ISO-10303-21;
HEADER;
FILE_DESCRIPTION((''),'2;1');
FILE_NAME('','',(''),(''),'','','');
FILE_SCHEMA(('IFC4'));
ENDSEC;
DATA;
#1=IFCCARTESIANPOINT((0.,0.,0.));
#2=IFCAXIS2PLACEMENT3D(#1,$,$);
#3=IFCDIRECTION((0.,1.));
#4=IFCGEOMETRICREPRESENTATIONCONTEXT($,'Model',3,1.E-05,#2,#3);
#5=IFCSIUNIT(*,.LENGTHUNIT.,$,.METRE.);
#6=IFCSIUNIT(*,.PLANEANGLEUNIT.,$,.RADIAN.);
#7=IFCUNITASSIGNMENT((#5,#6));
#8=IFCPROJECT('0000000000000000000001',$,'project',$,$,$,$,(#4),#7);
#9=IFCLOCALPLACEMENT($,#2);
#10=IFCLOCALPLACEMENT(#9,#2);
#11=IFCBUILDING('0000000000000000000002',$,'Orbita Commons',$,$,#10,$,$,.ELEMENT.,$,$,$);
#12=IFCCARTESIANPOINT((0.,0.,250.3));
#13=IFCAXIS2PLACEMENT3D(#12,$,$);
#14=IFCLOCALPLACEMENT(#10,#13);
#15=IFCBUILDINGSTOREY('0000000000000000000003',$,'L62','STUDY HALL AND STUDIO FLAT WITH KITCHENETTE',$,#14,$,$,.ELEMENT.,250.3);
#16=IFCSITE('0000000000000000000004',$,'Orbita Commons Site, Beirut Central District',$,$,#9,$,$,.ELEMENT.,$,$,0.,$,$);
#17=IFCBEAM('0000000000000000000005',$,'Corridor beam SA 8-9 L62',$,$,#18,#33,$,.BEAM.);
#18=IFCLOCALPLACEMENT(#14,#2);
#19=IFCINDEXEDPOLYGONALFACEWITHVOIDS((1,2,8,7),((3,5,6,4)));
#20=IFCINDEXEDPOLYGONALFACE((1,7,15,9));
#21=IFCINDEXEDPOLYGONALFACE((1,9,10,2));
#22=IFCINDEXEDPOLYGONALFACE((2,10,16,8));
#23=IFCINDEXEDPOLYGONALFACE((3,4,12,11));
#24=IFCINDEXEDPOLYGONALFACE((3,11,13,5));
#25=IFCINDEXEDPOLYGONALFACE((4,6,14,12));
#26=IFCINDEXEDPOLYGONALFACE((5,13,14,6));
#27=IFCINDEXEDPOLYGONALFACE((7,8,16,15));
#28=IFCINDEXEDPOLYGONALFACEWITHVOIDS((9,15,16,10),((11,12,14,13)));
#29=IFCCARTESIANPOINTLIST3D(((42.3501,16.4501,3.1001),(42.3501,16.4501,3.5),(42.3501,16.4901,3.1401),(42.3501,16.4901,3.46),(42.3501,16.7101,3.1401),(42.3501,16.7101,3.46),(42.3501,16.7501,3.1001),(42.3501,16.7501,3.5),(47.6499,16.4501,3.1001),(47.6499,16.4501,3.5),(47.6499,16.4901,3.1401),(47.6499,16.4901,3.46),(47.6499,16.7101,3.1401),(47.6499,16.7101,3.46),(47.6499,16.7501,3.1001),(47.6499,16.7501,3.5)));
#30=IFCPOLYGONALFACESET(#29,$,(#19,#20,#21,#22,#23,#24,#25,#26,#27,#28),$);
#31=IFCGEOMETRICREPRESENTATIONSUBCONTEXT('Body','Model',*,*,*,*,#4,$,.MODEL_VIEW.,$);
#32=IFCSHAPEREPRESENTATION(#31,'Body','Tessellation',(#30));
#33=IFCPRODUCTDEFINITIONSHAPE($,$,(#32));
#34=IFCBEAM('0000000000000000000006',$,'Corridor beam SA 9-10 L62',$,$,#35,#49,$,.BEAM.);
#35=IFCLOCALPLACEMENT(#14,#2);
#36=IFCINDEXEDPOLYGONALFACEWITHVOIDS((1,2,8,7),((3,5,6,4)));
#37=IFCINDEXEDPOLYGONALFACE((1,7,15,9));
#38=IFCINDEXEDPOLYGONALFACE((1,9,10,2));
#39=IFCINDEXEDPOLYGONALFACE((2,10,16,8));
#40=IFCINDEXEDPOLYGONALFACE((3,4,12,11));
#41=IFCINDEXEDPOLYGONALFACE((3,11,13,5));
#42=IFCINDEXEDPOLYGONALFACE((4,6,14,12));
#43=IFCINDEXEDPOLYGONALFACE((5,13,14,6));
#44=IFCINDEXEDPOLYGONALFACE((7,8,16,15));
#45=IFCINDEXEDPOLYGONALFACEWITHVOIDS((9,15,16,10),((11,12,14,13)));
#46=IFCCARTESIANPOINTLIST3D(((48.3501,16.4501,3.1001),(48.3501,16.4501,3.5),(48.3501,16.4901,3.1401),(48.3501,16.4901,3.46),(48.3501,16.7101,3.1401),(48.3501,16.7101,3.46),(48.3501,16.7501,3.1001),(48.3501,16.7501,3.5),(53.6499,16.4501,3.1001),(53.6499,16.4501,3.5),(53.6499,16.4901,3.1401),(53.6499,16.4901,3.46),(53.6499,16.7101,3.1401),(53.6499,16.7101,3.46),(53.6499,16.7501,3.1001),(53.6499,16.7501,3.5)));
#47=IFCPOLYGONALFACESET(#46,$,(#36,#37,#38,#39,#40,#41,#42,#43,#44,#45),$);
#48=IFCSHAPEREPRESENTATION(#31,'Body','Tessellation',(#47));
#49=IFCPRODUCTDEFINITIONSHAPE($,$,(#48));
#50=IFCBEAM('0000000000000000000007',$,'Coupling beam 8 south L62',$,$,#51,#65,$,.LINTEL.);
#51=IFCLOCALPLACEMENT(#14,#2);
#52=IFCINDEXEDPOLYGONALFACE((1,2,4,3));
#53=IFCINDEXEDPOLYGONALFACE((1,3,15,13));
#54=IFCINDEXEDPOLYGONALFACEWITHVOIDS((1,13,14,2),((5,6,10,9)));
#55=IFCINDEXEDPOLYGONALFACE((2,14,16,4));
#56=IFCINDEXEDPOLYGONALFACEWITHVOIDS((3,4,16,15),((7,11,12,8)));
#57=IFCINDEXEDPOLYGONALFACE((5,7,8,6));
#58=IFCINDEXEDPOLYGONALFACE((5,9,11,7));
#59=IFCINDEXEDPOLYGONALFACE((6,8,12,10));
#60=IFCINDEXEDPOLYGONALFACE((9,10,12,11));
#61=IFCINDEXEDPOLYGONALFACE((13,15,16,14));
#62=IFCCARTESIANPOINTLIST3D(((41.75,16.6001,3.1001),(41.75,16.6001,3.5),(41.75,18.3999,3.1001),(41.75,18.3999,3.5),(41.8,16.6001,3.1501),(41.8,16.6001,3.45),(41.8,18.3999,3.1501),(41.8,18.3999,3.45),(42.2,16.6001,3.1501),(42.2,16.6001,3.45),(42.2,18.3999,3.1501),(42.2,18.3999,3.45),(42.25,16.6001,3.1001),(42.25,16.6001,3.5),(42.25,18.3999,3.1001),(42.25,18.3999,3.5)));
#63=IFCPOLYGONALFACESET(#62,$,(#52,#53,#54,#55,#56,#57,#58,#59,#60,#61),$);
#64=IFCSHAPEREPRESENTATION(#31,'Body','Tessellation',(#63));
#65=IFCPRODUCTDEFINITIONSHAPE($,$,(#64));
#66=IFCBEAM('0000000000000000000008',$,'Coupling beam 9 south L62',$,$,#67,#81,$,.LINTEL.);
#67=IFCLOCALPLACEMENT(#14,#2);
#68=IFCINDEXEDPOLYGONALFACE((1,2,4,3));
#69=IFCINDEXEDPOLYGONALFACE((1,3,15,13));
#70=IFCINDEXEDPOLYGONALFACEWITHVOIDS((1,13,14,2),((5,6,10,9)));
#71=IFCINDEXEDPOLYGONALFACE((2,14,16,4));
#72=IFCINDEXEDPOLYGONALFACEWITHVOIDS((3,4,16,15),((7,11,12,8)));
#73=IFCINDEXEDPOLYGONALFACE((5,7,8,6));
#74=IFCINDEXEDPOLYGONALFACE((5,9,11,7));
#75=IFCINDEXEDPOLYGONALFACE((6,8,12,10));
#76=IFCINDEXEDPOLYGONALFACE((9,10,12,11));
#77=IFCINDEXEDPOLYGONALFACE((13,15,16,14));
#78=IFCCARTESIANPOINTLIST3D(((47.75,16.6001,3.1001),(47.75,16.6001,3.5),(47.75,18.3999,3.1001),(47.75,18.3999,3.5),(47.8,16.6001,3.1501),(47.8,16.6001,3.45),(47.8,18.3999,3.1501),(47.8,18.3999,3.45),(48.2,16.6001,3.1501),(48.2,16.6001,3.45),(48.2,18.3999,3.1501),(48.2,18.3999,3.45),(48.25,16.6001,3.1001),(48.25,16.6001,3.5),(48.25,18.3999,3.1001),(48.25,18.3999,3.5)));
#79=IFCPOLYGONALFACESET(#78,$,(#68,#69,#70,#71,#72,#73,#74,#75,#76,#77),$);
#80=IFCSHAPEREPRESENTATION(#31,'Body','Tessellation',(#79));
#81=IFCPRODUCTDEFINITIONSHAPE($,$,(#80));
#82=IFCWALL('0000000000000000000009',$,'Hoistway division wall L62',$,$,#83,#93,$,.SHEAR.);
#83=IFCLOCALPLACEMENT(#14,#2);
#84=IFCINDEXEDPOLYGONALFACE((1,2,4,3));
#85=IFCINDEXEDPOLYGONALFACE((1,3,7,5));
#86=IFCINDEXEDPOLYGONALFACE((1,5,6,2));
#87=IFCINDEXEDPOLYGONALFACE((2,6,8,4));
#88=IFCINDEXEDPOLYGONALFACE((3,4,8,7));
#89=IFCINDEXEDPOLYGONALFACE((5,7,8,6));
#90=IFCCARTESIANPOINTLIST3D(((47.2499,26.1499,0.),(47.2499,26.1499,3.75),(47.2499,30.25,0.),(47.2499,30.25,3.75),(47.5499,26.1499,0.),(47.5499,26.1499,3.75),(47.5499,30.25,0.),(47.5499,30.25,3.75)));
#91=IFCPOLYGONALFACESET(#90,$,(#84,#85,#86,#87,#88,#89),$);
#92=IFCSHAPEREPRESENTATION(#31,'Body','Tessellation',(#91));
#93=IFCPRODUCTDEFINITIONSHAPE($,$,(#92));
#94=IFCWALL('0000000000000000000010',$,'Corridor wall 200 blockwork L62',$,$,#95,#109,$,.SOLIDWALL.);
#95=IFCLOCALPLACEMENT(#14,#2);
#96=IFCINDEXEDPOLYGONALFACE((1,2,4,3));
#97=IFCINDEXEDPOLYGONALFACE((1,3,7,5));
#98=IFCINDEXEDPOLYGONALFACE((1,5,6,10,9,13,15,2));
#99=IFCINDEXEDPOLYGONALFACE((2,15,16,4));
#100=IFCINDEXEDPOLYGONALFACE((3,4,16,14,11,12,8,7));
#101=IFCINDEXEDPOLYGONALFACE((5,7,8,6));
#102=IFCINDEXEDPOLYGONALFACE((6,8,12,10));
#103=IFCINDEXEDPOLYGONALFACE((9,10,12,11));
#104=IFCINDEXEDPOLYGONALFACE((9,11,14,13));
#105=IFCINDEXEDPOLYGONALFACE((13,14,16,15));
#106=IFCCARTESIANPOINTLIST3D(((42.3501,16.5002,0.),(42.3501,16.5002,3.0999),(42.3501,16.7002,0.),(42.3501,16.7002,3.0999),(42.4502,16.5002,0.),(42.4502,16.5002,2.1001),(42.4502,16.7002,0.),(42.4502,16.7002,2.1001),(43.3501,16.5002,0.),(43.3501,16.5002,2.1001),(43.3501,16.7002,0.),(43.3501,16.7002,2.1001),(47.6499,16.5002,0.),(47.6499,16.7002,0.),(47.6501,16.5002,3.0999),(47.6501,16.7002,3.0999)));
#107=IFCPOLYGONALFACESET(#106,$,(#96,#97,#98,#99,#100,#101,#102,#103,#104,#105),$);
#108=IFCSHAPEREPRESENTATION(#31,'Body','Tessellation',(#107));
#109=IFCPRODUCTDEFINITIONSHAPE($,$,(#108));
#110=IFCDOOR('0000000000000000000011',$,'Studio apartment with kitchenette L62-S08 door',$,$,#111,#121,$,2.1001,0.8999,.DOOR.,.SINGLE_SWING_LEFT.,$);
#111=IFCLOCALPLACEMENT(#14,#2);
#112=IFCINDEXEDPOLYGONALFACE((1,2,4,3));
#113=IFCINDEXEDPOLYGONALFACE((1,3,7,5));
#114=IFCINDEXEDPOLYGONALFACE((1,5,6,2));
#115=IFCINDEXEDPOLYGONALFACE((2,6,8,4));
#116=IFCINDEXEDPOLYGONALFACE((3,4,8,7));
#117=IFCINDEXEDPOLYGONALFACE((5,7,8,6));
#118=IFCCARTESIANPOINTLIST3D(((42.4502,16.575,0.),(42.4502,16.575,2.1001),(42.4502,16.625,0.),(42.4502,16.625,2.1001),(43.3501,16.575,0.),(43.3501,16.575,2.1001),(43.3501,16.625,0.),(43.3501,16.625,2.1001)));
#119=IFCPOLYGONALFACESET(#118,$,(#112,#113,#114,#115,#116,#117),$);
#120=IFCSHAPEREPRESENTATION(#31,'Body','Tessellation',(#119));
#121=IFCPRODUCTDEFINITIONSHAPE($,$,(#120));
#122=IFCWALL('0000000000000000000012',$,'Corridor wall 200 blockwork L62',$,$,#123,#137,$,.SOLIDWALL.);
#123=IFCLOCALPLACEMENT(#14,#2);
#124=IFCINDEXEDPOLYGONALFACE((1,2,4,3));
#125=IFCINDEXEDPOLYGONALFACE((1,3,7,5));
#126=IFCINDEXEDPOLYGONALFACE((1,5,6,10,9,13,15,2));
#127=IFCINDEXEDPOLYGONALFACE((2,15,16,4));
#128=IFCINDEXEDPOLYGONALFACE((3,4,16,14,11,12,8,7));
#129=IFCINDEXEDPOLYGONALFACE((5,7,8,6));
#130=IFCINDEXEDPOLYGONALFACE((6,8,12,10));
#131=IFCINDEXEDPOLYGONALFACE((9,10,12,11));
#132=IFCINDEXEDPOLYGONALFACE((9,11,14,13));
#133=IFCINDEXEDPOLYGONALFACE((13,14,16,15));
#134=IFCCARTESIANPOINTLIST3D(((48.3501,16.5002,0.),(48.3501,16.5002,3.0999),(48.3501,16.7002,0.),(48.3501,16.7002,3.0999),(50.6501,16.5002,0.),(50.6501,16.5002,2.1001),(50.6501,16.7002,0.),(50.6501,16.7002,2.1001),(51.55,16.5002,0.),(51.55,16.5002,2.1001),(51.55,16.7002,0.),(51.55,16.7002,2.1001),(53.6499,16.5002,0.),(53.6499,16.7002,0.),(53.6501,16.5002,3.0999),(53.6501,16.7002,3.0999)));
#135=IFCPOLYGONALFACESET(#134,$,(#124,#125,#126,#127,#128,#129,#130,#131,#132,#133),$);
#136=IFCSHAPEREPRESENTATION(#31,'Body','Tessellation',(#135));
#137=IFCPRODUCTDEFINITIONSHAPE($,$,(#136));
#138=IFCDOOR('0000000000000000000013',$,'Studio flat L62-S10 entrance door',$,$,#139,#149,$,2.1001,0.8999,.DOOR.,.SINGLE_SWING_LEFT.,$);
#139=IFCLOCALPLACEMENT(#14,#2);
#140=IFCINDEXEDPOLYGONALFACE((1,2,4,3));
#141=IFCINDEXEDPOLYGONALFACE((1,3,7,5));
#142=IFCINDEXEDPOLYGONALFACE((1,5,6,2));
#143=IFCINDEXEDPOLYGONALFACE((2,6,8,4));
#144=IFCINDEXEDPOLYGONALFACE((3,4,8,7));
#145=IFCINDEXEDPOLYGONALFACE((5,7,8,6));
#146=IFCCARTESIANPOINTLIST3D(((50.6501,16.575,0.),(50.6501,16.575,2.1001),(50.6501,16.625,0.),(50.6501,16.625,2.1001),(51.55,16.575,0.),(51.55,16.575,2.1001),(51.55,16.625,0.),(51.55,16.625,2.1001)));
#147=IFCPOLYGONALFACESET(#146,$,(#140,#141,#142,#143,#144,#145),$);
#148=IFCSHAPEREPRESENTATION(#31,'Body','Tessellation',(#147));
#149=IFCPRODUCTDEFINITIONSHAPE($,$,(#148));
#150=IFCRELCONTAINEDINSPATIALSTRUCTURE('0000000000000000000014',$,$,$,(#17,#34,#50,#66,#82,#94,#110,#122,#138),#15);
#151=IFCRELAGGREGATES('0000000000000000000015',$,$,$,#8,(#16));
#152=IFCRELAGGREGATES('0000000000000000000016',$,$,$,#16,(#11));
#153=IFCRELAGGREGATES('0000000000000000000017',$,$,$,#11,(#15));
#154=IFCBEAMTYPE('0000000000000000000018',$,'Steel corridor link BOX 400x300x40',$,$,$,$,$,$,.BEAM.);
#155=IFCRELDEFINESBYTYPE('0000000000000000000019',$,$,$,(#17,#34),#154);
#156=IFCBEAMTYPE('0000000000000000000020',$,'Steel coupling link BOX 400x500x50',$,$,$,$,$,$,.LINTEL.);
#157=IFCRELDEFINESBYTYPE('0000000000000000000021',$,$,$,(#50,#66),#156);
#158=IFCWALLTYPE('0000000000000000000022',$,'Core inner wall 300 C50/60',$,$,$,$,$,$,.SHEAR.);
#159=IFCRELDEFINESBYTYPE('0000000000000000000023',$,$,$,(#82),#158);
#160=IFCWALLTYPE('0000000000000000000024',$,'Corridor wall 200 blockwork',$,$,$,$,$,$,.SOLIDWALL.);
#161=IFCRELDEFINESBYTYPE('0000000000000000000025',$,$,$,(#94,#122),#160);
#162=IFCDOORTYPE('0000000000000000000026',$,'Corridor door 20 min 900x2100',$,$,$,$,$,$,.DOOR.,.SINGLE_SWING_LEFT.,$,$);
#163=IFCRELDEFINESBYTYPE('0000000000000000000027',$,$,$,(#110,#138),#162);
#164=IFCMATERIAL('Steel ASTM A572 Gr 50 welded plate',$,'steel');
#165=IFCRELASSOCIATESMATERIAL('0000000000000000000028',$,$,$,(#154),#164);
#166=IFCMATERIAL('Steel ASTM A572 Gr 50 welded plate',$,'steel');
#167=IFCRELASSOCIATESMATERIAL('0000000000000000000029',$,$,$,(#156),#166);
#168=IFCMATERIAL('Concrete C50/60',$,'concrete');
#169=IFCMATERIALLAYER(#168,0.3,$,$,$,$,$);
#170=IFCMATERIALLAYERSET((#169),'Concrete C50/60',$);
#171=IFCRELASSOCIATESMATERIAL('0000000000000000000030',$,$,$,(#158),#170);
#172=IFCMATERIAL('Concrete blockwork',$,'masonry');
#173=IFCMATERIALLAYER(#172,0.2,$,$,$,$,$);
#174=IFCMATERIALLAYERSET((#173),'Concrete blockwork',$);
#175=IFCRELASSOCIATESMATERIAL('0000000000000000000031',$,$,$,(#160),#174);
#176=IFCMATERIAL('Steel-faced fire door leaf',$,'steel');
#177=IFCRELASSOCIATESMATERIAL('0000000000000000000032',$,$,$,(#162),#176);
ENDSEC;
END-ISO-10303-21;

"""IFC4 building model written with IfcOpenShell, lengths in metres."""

from ifc_helpers import new_model, si_unit, direction, frame, frame_2d, origin, origin_2d, place, context, subcontext, project, spatial, polyline, rectangle, hollow_rectangle, outline, extrude, material, layer, layer_set, material_profile, profile_set, type_object, element, fill, save


model = new_model("IFC4")

# Units and contexts
model_context = context("Model", 3, precision=1e-05, world=origin(), true_north=direction((0.0, 1.0)))
body_context = subcontext(model_context, "Body", "Model", "MODEL_VIEW")
ifc_project = project(units=[si_unit("LENGTHUNIT", "METRE"), si_unit("PLANEANGLEUNIT", "RADIAN")], contexts=[model_context])

# Site, building, storey
site_placement = place(None, origin())
site = spatial("IfcSite", under=ifc_project, at=site_placement, Name="Orbita Commons Site, Beirut Central District", CompositionType="ELEMENT", RefElevation=0.0)
building_placement = place(site_placement, origin())
building = spatial("IfcBuilding", under=site, at=building_placement, Name="Orbita Commons", CompositionType="ELEMENT")
storey_placement = place(building_placement, frame((0.0, 0.0, 250.3)))
storey = spatial("IfcBuildingStorey", under=building, at=storey_placement, Name="L62", Description="STUDY HALL AND STUDIO FLAT WITH KITCHENETTE", CompositionType="ELEMENT", Elevation=250.3)

# Beams
ifc_material_1 = material(Name="Steel ASTM A572 Gr 50 welded plate", Category="steel")
ifc_material_profile_1 = material_profile(ifc_material_1, hollow_rectangle(XDim=0.3, YDim=0.3999, WallThickness=0.04, at=origin_2d()), Name="BOX 400x300x40")
ifc_profile_set_1 = profile_set([ifc_material_profile_1], Name="Steel ASTM A572 Gr 50 welded plate")
beam_type_1 = type_object("IfcBeamType", Name="Steel corridor link BOX 400x300x40", PredefinedType="BEAM", material=ifc_profile_set_1)
for number, where, z_axis, x_axis, name in (
    (1, (42.3501, 16.6001, 3.3), (1.0, 0.0, 0.0), (0.0, 1.0, 0.0), "Corridor beam SA 8-9 L62"),
    (2, (48.3501, 16.6001, 3.3), (1.0, 0.0, 0.0), (0.0, 1.0, 0.0), "Corridor beam SA 9-10 L62"),
):
    element("IfcBeam", number, at=place(storey_placement, frame(where, z_axis=z_axis, x_axis=x_axis)), inside=storey, type_object=beam_type_1, Name=name, PredefinedType="BEAM", context=body_context, shape_type="SweptSolid", body=[
        extrude(hollow_rectangle(XDim=0.3, YDim=0.3999, WallThickness=0.04, at=origin_2d()), origin(), (0.0, 0.0, 1.0), 5.2998),
    ])
ifc_material_2 = material(Name="Steel ASTM A572 Gr 50 welded plate", Category="steel")
ifc_material_profile_2 = material_profile(ifc_material_2, hollow_rectangle(XDim=0.5, YDim=0.3999, WallThickness=0.05, at=origin_2d()), Name="BOX 400x500x50")
ifc_profile_set_2 = profile_set([ifc_material_profile_2], Name="Steel ASTM A572 Gr 50 welded plate")
beam_type_2 = type_object("IfcBeamType", Name="Steel coupling link BOX 400x500x50", PredefinedType="LINTEL", material=ifc_profile_set_2)
for number, where, z_axis, x_axis, name in (
    (3, (42.0, 16.6001, 3.3), (0.0, 1.0, 0.0), (-1.0, 0.0, 0.0), "Coupling beam 8 south L62"),
    (4, (48.0, 16.6001, 3.3), (0.0, 1.0, 0.0), (-1.0, 0.0, 0.0), "Coupling beam 9 south L62"),
):
    element("IfcBeam", number, at=place(storey_placement, frame(where, z_axis=z_axis, x_axis=x_axis)), inside=storey, type_object=beam_type_2, Name=name, PredefinedType="LINTEL", context=body_context, shape_type="SweptSolid", body=[
        extrude(hollow_rectangle(XDim=0.5, YDim=0.3999, WallThickness=0.05, at=origin_2d()), origin(), (0.0, 0.0, 1.0), 1.7998),
    ])

# Wall
ifc_material_3 = material(Name="Concrete C50/60", Category="concrete")
ifc_layer_1 = layer(ifc_material_3, 0.3)
ifc_layer_set_1 = layer_set([ifc_layer_1], Name="Concrete C50/60")
wall_type_1 = type_object("IfcWallType", Name="Core inner wall 300 C50/60", PredefinedType="SHEAR", material=ifc_layer_set_1)
wall_1_placement = place(storey_placement, frame((47.3999, 26.1499, 0.0), z_axis=(0.0, 0.0, 1.0), x_axis=(0.0, 1.0, 0.0)))
element("IfcWall", 5, at=wall_1_placement, inside=storey, type_object=wall_type_1, Name="Hoistway division wall L62", PredefinedType="SHEAR", context=body_context, shape_type="SweptSolid", body=[
    extrude(rectangle(XDim=4.1001, YDim=0.3, at=frame_2d((2.05, 0.0))), origin(), (0.0, 0.0, 1.0), 3.75),
])

# Walls, openings, doors
ifc_material_4 = material(Name="Concrete blockwork", Category="masonry")
ifc_layer_2 = layer(ifc_material_4, 0.2)
ifc_layer_set_2 = layer_set([ifc_layer_2], Name="Concrete blockwork")
wall_type_2 = type_object("IfcWallType", Name="Corridor wall 200 blockwork", PredefinedType="SOLIDWALL", material=ifc_layer_set_2)
wall_2_placement = place(storey_placement, frame((42.3501, 16.6001, 0.0), z_axis=(0.0, 0.0, 1.0), x_axis=(1.0, 0.0, 0.0)))
wall_2 = element("IfcWall", 6, at=wall_2_placement, inside=storey, type_object=wall_type_2, Name="Corridor wall 200 blockwork L62", PredefinedType="SOLIDWALL", context=body_context, shape_type="SweptSolid", body=[
    extrude(outline(polyline([(0.0, 0.0), (5.2998, 0.0), (5.3, 3.0999), (0.0, 3.0999), (0.0, 0.0)])), frame((0.0, 0.1001, 0.0), z_axis=(0.0, -1.0, 0.0), x_axis=(1.0, 0.0, 0.0)), (0.0, 0.0, 1.0), 0.2),
])
opening_1_placement = place(wall_2_placement, frame((0.1001, 0.0, 0.0)))
opening_1 = element("IfcOpeningElement", 7, at=opening_1_placement, cuts=wall_2, PredefinedType="OPENING", context=body_context, shape_type="SweptSolid", body=[
    extrude(rectangle(XDim=0.8999, YDim=2.1001, at=frame_2d((0.45, 1.05))), frame((0.0, 0.1099, 0.0), z_axis=(0.0, -1.0, 0.0), x_axis=(1.0, 0.0, 0.0)), (0.0, 0.0, 1.0), 0.22),
])
ifc_material_5 = material(Name="Steel-faced fire door leaf", Category="steel")
door_type_1 = type_object("IfcDoorType", Name="Corridor door 20 min 900x2100", OperationType="SINGLE_SWING_LEFT", PredefinedType="DOOR", material=ifc_material_5)
door_1_placement = place(opening_1_placement, origin())
door_1 = element("IfcDoor", 8, at=door_1_placement, inside=storey, type_object=door_type_1, Name="Studio apartment with kitchenette L62-S08 door", OperationType="SINGLE_SWING_LEFT", OverallHeight=2.1001, OverallWidth=0.8999, PredefinedType="DOOR", context=body_context, shape_type="SweptSolid", body=[
    extrude(rectangle(XDim=0.8999, YDim=2.1001, at=frame_2d((0.45, 1.05))), frame((0.0, 0.0249, 0.0), z_axis=(0.0, -1.0, 0.0), x_axis=(1.0, 0.0, 0.0)), (0.0, 0.0, 1.0), 0.05),
])
fill(opening_1, door_1)
wall_3_placement = place(storey_placement, frame((48.3501, 16.6001, 0.0), z_axis=(0.0, 0.0, 1.0), x_axis=(1.0, 0.0, 0.0)))
wall_3 = element("IfcWall", 9, at=wall_3_placement, inside=storey, type_object=wall_type_2, Name="Corridor wall 200 blockwork L62", PredefinedType="SOLIDWALL", context=body_context, shape_type="SweptSolid", body=[
    extrude(outline(polyline([(0.0, 0.0), (5.2998, 0.0), (5.3, 3.0999), (0.0, 3.0999), (0.0, 0.0)])), frame((0.0, 0.1001, 0.0), z_axis=(0.0, -1.0, 0.0), x_axis=(1.0, 0.0, 0.0)), (0.0, 0.0, 1.0), 0.2),
])
opening_2_placement = place(wall_3_placement, frame((2.3, 0.0, 0.0)))
opening_2 = element("IfcOpeningElement", 10, at=opening_2_placement, cuts=wall_3, PredefinedType="OPENING", context=body_context, shape_type="SweptSolid", body=[
    extrude(rectangle(XDim=0.8999, YDim=2.1001, at=frame_2d((0.45, 1.05))), frame((0.0, 0.1099, 0.0), z_axis=(0.0, -1.0, 0.0), x_axis=(1.0, 0.0, 0.0)), (0.0, 0.0, 1.0), 0.22),
])
door_2_placement = place(opening_2_placement, origin())
door_2 = element("IfcDoor", 11, at=door_2_placement, inside=storey, type_object=door_type_1, Name="Studio flat L62-S10 entrance door", OperationType="SINGLE_SWING_LEFT", OverallHeight=2.1001, OverallWidth=0.8999, PredefinedType="DOOR", context=body_context, shape_type="SweptSolid", body=[
    extrude(rectangle(XDim=0.8999, YDim=2.1001, at=frame_2d((0.45, 1.05))), frame((0.0, 0.0249, 0.0), z_axis=(0.0, -1.0, 0.0), x_axis=(1.0, 0.0, 0.0)), (0.0, 0.0, 1.0), 0.05),
])
fill(opening_2, door_2)

save(model, "model.ifc")
